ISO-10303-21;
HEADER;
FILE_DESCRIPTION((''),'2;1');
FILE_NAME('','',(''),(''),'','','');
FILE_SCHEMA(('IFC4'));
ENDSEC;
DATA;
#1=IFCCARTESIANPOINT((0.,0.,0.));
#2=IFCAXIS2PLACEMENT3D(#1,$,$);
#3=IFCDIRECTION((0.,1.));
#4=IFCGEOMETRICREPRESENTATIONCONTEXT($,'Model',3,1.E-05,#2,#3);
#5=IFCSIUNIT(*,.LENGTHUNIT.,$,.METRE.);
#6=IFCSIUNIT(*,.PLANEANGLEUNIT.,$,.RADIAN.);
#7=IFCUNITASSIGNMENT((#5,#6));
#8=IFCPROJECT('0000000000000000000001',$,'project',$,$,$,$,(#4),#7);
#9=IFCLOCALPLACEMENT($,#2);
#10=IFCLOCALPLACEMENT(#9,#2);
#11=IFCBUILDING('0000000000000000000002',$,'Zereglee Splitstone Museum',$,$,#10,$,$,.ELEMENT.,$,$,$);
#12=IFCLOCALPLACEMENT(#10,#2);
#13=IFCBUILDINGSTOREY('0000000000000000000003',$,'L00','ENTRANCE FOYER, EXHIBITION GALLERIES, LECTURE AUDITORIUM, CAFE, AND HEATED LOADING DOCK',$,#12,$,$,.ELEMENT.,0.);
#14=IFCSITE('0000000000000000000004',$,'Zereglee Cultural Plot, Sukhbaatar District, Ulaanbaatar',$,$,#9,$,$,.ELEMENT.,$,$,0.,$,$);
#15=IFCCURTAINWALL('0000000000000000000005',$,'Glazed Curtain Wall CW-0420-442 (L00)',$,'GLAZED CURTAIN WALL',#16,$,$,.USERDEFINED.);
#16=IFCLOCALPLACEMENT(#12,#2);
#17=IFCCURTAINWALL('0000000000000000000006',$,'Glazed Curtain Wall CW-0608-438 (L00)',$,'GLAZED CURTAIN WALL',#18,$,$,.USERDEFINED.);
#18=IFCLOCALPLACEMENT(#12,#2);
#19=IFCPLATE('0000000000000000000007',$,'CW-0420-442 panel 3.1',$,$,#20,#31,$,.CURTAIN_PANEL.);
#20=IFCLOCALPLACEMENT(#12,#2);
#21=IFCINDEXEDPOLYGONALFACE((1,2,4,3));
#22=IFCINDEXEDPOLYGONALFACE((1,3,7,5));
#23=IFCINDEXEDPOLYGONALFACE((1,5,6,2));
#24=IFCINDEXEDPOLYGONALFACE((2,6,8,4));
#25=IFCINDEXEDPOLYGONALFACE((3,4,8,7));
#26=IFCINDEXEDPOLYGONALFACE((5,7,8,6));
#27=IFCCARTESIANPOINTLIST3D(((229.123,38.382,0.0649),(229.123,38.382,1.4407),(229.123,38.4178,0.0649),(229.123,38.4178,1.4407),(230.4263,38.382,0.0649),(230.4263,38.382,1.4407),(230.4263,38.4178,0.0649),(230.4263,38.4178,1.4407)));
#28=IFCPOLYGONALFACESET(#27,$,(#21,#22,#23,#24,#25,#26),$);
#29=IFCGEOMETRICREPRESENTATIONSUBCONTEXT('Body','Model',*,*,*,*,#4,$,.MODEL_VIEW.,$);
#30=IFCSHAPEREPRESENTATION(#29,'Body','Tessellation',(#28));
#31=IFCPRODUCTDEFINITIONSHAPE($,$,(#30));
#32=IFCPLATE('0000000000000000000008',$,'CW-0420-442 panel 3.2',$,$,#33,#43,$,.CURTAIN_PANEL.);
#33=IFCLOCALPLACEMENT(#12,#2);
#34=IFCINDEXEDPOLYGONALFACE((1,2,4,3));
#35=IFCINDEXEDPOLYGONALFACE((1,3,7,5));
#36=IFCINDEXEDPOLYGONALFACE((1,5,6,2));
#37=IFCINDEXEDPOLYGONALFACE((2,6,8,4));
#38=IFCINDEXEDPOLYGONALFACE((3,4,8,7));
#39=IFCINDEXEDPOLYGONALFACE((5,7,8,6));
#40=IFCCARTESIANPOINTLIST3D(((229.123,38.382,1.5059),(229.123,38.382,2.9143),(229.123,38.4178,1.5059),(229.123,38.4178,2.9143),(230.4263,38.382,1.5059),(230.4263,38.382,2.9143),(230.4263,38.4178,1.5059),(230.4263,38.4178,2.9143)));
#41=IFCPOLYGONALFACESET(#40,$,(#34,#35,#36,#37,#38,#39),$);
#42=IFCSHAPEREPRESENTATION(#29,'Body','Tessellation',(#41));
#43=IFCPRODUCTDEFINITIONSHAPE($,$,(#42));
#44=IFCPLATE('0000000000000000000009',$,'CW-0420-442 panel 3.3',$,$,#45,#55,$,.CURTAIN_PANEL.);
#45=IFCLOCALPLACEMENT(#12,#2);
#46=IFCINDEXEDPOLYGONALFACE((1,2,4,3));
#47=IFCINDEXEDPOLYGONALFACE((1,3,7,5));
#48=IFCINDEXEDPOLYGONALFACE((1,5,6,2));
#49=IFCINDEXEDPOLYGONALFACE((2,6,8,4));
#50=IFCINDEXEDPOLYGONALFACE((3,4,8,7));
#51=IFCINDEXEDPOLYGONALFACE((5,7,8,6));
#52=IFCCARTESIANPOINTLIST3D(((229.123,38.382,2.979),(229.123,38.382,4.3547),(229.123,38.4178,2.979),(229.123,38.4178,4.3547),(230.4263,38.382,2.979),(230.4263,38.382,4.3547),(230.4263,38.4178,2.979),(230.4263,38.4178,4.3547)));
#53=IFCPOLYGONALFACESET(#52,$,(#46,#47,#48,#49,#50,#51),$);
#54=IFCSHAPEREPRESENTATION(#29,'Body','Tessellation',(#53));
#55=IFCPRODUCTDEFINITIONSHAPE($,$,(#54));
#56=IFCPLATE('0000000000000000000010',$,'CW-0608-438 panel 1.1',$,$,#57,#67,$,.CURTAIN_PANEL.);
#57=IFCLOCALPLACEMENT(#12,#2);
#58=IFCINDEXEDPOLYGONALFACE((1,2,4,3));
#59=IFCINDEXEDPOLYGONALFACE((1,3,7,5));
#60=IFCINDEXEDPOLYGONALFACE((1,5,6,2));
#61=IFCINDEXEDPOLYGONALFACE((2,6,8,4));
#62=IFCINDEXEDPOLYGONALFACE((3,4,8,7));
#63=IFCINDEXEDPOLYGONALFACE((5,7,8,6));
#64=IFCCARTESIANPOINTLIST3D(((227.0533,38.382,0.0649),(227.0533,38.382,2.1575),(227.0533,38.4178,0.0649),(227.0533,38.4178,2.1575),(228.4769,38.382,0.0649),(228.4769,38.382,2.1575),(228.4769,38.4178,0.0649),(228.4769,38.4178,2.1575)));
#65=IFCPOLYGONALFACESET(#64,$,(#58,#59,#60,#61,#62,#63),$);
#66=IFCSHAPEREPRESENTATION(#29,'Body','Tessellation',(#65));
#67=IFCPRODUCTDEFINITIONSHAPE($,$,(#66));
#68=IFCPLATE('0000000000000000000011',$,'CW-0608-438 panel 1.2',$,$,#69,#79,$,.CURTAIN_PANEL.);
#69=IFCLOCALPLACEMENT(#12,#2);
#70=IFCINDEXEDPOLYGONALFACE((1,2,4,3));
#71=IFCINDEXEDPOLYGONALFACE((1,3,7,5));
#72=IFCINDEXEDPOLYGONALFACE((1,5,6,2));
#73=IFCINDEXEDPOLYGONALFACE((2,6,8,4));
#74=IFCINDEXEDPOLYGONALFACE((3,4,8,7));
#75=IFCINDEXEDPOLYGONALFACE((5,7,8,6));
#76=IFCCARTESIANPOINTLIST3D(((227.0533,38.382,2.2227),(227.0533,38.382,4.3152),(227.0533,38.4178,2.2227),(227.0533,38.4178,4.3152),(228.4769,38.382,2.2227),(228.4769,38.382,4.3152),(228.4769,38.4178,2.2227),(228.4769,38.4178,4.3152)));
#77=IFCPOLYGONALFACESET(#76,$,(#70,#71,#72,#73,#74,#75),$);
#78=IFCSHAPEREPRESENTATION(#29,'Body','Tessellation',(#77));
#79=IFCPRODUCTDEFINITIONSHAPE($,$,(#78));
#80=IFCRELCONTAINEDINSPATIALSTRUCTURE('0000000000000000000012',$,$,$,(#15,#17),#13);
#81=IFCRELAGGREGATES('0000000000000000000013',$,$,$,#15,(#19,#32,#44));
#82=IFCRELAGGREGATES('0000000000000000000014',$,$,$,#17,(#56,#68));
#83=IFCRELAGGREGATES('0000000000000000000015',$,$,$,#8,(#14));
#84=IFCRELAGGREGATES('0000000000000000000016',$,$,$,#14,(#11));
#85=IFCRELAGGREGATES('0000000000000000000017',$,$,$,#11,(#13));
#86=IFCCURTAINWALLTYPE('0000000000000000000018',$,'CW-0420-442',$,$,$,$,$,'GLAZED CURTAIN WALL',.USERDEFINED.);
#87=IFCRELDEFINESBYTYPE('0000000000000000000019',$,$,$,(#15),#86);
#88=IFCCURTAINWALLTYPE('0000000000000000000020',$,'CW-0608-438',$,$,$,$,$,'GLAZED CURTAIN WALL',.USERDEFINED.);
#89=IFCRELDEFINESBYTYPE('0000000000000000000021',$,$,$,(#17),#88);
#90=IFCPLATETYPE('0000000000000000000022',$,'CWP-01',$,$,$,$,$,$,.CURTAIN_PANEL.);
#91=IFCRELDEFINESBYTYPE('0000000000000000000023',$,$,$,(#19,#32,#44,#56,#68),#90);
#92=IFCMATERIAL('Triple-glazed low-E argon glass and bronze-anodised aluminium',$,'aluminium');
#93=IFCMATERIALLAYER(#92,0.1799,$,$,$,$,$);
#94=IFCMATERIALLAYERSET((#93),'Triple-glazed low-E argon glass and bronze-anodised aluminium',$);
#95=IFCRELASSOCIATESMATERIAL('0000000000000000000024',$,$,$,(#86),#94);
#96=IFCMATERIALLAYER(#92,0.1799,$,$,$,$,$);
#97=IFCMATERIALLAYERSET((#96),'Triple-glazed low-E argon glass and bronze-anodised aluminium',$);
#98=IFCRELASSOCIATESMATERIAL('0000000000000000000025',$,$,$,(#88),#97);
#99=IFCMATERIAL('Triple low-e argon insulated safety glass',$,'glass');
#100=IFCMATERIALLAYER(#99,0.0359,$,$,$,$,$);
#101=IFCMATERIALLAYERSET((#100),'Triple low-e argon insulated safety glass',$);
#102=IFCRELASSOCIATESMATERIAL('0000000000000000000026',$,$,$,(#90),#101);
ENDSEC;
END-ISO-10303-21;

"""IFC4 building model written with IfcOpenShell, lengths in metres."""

from ifc_helpers import new_model, si_unit, direction, frame, origin, origin_2d, place, context, subcontext, project, spatial, rectangle, extrude, material, layer, layer_set, type_object, element, aggregate, save


model = new_model("IFC4")

# Units and contexts
model_context = context("Model", 3, precision=1e-05, world=origin(), true_north=direction((0.0, 1.0)))
body_context = subcontext(model_context, "Body", "Model", "MODEL_VIEW")
ifc_project = project(units=[si_unit("LENGTHUNIT", "METRE"), si_unit("PLANEANGLEUNIT", "RADIAN")], contexts=[model_context])

# Site, building, storey
site_placement = place(None, origin())
site = spatial("IfcSite", under=ifc_project, at=site_placement, Name="Zereglee Cultural Plot, Sukhbaatar District, Ulaanbaatar", CompositionType="ELEMENT", RefElevation=0.0)
building_placement = place(site_placement, origin())
building = spatial("IfcBuilding", under=site, at=building_placement, Name="Zereglee Splitstone Museum", CompositionType="ELEMENT")
storey_placement = place(building_placement, origin())
storey = spatial("IfcBuildingStorey", under=building, at=storey_placement, Name="L00", Description="ENTRANCE FOYER, EXHIBITION GALLERIES, LECTURE AUDITORIUM, CAFE, AND HEATED LOADING DOCK", CompositionType="ELEMENT", Elevation=0.0)

# Shared definitions
ifc_material_1 = material(Name="Triple-glazed low-E argon glass and bronze-anodised aluminium", Category="aluminium")

# Curtain walls
ifc_layer_1 = layer(ifc_material_1, 0.1799)
ifc_layer_set_1 = layer_set([ifc_layer_1], Name="Triple-glazed low-E argon glass and bronze-anodised aluminium")
curtain_wall_type_1 = type_object("IfcCurtainWallType", Name="CW-0420-442", ElementType="GLAZED CURTAIN WALL", PredefinedType="USERDEFINED", material=ifc_layer_set_1)
curtain_wall_1_placement = place(storey_placement, origin())
curtain_wall_1 = element("IfcCurtainWall", 1, at=curtain_wall_1_placement, inside=storey, type_object=curtain_wall_type_1, Name="Glazed Curtain Wall CW-0420-442 (L00)", ObjectType="GLAZED CURTAIN WALL", PredefinedType="USERDEFINED")
ifc_layer_2 = layer(ifc_material_1, 0.1799)
ifc_layer_set_2 = layer_set([ifc_layer_2], Name="Triple-glazed low-E argon glass and bronze-anodised aluminium")
curtain_wall_type_2 = type_object("IfcCurtainWallType", Name="CW-0608-438", ElementType="GLAZED CURTAIN WALL", PredefinedType="USERDEFINED", material=ifc_layer_set_2)
curtain_wall_2_placement = place(storey_placement, origin())
curtain_wall_2 = element("IfcCurtainWall", 2, at=curtain_wall_2_placement, inside=storey, type_object=curtain_wall_type_2, Name="Glazed Curtain Wall CW-0608-438 (L00)", ObjectType="GLAZED CURTAIN WALL", PredefinedType="USERDEFINED")

# Plates
ifc_material_2 = material(Name="Triple low-e argon insulated safety glass", Category="glass")
ifc_layer_3 = layer(ifc_material_2, 0.0359)
ifc_layer_set_3 = layer_set([ifc_layer_3], Name="Triple low-e argon insulated safety glass")
plate_type = type_object("IfcPlateType", Name="CWP-01", PredefinedType="CURTAIN_PANEL", material=ifc_layer_set_3)
plate_1_placement = place(storey_placement, frame((229.7747, 38.3999, 0.0649), z_axis=(0.0, 0.0, 1.0), x_axis=(-1.0, 0.0, 0.0)))
plate_1 = element("IfcPlate", 3, at=plate_1_placement, type_object=plate_type, Name="CW-0420-442 panel 3.1", PredefinedType="CURTAIN_PANEL", context=body_context, shape_type="SweptSolid", body=[
    extrude(rectangle(XDim=1.3032, YDim=0.0359, at=origin_2d()), origin(), (0.0, 0.0, 1.0), 1.3757),
])
plate_2_placement = place(storey_placement, frame((229.7747, 38.3999, 1.5059), z_axis=(0.0, 0.0, 1.0), x_axis=(-1.0, 0.0, 0.0)))
plate_2 = element("IfcPlate", 4, at=plate_2_placement, type_object=plate_type, Name="CW-0420-442 panel 3.2", PredefinedType="CURTAIN_PANEL", context=body_context, shape_type="SweptSolid", body=[
    extrude(rectangle(XDim=1.3032, YDim=0.0359, at=origin_2d()), origin(), (0.0, 0.0, 1.0), 1.4084),
])
plate_3_placement = place(storey_placement, frame((229.7747, 38.3999, 2.979), z_axis=(0.0, 0.0, 1.0), x_axis=(-1.0, 0.0, 0.0)))
plate_3 = element("IfcPlate", 5, at=plate_3_placement, type_object=plate_type, Name="CW-0420-442 panel 3.3", PredefinedType="CURTAIN_PANEL", context=body_context, shape_type="SweptSolid", body=[
    extrude(rectangle(XDim=1.3032, YDim=0.0359, at=origin_2d()), origin(), (0.0, 0.0, 1.0), 1.3757),
])
aggregate(curtain_wall_1, [plate_1, plate_2, plate_3])
plate_4_placement = place(storey_placement, frame((227.7651, 38.3999, 0.0649), z_axis=(0.0, 0.0, 1.0), x_axis=(-1.0, 0.0, 0.0)))
plate_4 = element("IfcPlate", 6, at=plate_4_placement, type_object=plate_type, Name="CW-0608-438 panel 1.1", PredefinedType="CURTAIN_PANEL", context=body_context, shape_type="SweptSolid", body=[
    extrude(rectangle(XDim=1.4236, YDim=0.0359, at=origin_2d()), origin(), (0.0, 0.0, 1.0), 2.0925),
])
plate_5_placement = place(storey_placement, frame((227.7651, 38.3999, 2.2227), z_axis=(0.0, 0.0, 1.0), x_axis=(-1.0, 0.0, 0.0)))
plate_5 = element("IfcPlate", 7, at=plate_5_placement, type_object=plate_type, Name="CW-0608-438 panel 1.2", PredefinedType="CURTAIN_PANEL", context=body_context, shape_type="SweptSolid", body=[
    extrude(rectangle(XDim=1.4236, YDim=0.0359, at=origin_2d()), origin(), (0.0, 0.0, 1.0), 2.0925),
])
aggregate(curtain_wall_2, [plate_4, plate_5])

save(model, "model.ifc")
